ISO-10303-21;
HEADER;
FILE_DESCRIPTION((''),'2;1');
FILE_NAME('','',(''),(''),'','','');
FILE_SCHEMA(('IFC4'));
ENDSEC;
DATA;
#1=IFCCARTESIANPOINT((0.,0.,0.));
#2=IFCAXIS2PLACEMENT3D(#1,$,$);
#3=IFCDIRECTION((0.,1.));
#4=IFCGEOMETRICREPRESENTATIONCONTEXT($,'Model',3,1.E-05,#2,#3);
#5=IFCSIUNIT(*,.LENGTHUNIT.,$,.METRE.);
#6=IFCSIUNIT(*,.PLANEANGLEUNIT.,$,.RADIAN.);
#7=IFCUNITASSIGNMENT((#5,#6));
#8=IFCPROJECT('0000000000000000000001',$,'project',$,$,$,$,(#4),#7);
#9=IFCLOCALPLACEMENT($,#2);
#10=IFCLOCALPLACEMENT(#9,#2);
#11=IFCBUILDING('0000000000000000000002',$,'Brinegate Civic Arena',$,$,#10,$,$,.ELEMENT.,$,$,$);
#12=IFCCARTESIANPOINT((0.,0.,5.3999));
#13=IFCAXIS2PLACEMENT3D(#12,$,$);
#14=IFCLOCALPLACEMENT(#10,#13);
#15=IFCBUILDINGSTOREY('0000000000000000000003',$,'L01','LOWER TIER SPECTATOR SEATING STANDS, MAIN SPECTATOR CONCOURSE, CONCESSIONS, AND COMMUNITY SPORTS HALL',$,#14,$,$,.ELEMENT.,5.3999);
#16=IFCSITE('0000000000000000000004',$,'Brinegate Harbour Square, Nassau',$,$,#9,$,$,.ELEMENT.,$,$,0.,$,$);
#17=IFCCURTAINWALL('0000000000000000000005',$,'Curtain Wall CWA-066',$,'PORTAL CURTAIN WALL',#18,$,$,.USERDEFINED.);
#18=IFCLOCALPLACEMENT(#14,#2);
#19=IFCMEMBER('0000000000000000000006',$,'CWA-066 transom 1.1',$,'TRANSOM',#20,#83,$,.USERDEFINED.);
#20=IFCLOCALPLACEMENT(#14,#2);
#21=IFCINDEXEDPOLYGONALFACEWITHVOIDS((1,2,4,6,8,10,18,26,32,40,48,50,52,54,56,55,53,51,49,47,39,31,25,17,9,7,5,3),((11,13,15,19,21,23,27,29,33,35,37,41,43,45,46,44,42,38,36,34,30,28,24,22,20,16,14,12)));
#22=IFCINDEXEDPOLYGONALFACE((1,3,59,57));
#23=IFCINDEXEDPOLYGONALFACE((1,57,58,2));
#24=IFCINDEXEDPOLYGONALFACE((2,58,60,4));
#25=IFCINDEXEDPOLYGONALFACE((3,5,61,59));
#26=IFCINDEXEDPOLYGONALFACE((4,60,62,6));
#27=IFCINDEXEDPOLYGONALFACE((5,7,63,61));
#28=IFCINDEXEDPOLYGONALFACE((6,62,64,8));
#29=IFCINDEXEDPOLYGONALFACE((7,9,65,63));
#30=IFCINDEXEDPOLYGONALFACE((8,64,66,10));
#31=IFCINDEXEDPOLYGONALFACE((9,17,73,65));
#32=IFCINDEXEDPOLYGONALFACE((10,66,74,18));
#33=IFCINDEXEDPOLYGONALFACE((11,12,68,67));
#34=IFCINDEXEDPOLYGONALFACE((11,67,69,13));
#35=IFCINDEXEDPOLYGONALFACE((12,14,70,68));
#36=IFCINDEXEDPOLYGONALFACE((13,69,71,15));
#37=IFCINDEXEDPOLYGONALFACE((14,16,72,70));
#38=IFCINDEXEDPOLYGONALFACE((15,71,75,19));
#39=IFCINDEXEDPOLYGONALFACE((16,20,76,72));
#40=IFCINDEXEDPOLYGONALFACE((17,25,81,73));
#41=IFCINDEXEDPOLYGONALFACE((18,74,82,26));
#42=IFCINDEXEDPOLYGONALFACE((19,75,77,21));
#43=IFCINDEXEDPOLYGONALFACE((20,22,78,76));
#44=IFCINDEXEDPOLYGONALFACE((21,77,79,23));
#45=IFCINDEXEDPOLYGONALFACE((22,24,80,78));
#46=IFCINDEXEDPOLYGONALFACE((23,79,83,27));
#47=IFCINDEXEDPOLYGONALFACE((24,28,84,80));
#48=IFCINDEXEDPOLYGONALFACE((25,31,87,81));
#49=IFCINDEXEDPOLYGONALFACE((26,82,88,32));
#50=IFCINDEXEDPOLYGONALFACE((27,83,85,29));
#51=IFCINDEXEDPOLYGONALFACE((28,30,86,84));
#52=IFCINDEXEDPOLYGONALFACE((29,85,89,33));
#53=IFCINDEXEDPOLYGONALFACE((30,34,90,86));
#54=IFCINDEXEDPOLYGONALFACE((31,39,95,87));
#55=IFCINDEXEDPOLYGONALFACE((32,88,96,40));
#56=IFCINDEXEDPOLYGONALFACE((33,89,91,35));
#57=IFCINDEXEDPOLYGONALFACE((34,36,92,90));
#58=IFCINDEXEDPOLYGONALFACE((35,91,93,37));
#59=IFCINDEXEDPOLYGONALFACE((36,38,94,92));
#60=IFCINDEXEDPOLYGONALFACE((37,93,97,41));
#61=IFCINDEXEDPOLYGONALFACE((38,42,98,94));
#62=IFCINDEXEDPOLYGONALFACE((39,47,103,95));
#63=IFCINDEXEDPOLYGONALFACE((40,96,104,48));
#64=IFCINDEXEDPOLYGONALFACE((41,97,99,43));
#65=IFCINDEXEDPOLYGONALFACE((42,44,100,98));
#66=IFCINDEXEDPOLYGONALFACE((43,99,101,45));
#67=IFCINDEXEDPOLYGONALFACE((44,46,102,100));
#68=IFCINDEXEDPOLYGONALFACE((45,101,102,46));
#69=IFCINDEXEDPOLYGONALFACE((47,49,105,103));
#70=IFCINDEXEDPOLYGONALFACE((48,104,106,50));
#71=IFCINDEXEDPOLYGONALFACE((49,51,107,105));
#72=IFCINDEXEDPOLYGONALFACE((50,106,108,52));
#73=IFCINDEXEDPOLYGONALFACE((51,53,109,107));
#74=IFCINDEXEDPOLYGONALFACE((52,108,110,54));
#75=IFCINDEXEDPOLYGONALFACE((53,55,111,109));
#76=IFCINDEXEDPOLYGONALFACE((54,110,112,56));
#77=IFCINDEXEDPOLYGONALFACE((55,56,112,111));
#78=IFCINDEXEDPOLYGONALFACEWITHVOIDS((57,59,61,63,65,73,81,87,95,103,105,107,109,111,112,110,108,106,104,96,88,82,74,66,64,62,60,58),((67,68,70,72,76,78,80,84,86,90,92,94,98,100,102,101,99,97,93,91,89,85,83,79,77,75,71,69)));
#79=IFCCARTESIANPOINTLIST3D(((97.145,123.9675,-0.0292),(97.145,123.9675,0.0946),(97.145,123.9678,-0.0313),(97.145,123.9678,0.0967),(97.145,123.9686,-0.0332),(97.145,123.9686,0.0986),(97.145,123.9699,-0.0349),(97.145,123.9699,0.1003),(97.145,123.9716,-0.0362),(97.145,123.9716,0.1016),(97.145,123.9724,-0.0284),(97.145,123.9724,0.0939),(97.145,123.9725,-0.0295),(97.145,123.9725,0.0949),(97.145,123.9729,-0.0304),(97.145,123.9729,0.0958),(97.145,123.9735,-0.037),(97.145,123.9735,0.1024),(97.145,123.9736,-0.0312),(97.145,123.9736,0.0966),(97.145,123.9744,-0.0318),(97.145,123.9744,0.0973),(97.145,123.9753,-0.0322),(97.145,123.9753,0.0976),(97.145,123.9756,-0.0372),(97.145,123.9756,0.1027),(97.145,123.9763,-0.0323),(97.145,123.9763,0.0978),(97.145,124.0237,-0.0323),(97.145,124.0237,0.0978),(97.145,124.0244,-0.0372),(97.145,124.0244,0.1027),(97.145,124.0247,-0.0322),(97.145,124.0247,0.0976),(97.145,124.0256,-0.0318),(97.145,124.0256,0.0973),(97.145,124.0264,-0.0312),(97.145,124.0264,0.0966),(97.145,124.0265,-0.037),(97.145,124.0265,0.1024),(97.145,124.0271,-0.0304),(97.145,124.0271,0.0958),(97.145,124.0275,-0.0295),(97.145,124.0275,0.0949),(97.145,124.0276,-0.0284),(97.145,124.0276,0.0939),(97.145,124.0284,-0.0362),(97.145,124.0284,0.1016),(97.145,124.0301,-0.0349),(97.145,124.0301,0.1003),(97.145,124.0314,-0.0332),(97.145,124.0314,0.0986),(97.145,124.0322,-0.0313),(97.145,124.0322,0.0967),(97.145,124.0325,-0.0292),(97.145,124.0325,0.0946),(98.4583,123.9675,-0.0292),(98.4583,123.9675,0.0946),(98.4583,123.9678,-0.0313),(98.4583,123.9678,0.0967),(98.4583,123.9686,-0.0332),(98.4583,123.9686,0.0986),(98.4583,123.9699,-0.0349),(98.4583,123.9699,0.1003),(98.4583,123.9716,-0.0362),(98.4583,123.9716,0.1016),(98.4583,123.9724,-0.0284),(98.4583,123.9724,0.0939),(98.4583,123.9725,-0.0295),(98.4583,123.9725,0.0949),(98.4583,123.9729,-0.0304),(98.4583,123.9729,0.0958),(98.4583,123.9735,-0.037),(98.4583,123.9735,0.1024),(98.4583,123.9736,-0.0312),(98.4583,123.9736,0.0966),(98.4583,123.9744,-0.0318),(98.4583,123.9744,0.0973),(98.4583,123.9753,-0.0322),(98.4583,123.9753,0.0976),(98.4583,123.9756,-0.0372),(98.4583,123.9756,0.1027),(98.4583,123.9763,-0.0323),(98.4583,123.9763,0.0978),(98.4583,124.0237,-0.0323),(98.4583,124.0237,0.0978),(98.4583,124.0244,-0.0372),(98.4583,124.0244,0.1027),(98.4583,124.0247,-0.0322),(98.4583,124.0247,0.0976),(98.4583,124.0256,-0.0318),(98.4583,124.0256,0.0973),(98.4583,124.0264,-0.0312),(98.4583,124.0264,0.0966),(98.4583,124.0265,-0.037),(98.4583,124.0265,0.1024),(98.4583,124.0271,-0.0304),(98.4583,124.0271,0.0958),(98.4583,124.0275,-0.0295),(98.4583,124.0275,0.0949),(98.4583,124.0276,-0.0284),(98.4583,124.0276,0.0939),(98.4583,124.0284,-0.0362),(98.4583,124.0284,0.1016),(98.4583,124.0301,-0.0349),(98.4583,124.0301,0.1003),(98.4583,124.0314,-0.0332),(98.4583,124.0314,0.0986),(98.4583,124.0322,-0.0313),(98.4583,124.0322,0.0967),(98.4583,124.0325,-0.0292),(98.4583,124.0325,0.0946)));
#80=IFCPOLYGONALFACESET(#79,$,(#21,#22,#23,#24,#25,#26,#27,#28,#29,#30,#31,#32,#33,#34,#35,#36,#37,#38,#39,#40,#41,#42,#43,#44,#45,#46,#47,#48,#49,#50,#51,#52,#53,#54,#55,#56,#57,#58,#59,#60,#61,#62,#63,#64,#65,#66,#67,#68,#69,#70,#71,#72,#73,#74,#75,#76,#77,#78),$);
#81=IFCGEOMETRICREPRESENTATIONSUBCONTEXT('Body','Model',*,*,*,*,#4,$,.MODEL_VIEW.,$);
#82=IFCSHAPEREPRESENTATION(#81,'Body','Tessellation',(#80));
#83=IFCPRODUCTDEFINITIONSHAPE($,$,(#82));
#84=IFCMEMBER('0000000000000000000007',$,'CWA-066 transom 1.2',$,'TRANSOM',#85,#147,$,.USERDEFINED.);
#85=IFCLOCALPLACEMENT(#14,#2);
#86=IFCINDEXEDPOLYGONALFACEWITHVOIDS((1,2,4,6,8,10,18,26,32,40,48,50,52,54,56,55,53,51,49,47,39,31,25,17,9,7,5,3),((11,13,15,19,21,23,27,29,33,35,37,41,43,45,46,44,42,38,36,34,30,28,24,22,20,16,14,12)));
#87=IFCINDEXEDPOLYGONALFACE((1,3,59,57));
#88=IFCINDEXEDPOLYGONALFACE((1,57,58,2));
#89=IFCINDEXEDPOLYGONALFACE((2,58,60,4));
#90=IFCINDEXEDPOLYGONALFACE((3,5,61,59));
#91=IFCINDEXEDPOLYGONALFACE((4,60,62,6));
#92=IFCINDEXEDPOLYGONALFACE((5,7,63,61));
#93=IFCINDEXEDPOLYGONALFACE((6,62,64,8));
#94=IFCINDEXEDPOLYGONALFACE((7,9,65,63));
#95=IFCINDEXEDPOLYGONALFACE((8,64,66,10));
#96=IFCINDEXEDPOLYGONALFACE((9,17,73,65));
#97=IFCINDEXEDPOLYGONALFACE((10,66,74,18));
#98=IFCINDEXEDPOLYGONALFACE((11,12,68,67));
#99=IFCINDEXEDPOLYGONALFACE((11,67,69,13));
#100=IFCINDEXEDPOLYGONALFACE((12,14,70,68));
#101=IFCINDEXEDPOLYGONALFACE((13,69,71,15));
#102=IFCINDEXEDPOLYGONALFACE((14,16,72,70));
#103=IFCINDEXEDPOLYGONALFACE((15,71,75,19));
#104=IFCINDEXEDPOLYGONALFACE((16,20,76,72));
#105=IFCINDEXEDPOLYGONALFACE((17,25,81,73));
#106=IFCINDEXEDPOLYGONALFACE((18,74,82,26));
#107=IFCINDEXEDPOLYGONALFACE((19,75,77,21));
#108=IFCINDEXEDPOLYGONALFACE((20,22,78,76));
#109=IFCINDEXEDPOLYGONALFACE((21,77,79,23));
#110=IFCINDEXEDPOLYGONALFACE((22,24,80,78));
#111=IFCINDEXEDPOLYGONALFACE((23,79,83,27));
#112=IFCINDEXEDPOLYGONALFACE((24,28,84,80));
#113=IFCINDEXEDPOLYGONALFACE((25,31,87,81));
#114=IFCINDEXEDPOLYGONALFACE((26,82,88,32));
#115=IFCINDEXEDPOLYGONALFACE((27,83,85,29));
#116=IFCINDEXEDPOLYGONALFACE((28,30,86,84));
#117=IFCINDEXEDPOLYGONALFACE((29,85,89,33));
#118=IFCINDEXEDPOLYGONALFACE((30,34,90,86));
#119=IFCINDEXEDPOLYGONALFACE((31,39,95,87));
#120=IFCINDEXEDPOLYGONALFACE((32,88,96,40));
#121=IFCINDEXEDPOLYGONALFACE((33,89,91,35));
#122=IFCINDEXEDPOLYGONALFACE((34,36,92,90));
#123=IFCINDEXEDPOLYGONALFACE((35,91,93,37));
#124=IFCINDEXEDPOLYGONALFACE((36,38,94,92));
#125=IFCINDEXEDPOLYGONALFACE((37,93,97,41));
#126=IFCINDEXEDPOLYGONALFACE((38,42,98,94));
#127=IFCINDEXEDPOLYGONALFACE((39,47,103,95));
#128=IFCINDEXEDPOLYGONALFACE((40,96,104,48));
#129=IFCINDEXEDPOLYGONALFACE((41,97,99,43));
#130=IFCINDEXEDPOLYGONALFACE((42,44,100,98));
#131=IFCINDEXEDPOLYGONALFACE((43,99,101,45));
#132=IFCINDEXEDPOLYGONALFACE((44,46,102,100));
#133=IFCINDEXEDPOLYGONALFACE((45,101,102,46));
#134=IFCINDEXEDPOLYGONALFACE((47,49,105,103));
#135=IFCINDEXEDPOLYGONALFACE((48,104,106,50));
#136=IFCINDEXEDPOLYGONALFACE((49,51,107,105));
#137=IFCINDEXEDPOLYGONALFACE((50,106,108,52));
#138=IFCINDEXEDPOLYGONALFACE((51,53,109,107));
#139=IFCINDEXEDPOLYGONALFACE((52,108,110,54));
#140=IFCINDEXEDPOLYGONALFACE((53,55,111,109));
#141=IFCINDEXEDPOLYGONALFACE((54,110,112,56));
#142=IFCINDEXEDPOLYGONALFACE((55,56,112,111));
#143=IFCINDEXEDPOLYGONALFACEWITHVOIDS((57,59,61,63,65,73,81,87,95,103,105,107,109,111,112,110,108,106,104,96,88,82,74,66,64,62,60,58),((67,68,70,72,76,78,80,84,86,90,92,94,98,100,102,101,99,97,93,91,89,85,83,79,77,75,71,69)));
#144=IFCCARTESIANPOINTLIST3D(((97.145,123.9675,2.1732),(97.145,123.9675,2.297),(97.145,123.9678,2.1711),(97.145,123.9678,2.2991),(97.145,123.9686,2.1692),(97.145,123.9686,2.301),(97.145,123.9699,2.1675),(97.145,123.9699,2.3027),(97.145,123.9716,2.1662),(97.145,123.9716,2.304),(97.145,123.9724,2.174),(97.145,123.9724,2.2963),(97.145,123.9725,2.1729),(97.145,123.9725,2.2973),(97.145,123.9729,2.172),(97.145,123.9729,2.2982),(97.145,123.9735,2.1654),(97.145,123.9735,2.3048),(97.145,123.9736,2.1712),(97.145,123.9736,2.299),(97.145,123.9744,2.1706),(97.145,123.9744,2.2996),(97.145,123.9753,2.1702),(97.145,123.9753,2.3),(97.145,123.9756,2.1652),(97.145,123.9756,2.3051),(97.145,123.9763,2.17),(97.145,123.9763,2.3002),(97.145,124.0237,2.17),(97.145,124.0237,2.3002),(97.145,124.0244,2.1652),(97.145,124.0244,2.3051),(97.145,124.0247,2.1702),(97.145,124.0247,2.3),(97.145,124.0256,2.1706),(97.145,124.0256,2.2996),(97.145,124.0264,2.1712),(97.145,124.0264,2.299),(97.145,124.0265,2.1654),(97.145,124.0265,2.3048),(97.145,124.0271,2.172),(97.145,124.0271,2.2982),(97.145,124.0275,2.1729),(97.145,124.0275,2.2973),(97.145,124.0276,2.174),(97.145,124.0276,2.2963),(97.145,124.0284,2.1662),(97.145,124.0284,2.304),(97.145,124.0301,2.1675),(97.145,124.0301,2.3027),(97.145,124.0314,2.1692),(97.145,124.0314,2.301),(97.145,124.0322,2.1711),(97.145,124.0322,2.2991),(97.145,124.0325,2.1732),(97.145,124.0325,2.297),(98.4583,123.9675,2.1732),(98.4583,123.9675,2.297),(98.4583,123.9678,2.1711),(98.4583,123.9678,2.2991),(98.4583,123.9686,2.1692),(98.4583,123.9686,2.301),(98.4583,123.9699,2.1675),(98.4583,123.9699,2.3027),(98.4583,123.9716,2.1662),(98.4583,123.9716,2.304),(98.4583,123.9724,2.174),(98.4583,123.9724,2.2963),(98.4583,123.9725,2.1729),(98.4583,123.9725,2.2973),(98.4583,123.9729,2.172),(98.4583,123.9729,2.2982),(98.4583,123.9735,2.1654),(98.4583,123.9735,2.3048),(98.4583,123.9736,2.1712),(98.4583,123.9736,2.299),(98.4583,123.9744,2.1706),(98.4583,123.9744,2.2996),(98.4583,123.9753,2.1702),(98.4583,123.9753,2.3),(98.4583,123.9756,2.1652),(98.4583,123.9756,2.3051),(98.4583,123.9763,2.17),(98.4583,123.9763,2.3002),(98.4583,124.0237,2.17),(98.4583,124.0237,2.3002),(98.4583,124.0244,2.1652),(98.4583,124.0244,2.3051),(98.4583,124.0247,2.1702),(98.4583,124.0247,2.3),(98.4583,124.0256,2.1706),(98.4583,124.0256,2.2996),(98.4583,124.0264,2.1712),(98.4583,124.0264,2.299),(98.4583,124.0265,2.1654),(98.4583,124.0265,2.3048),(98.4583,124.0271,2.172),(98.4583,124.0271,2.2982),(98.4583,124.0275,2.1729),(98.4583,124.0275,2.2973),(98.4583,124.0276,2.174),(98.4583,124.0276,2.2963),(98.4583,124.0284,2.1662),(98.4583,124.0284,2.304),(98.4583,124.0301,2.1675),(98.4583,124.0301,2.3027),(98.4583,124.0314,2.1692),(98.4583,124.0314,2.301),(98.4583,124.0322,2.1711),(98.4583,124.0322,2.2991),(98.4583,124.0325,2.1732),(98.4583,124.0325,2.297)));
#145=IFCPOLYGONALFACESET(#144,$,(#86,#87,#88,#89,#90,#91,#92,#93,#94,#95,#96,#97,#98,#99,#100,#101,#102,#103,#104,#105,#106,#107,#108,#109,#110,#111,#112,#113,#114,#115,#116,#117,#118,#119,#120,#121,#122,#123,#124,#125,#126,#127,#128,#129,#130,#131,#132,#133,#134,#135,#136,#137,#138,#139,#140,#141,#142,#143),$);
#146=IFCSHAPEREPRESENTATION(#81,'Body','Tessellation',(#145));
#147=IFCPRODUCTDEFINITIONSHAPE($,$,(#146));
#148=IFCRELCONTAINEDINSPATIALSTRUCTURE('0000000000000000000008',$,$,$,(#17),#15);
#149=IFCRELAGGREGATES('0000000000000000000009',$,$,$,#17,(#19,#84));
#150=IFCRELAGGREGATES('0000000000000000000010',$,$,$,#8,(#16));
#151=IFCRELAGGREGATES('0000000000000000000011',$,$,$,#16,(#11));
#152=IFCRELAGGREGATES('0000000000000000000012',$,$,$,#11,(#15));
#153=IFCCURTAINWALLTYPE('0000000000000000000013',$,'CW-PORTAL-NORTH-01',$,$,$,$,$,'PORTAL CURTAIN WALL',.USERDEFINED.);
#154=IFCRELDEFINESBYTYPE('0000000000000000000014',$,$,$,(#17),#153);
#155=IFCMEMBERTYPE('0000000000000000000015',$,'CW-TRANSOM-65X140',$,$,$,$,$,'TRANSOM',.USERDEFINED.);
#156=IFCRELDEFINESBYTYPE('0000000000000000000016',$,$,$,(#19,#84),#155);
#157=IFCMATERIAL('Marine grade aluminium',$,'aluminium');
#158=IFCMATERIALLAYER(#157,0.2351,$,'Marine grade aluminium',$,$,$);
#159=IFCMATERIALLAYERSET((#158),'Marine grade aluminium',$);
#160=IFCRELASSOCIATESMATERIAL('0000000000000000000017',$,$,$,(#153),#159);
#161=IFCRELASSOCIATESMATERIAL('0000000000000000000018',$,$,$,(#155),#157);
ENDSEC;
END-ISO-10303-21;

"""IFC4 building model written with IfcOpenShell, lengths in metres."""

from ifc_helpers import new_model, si_unit, direction, frame, origin, origin_2d, place, context, subcontext, project, spatial, hollow_rectangle, extrude, material, layer, layer_set, material_profile, profile_set, type_object, element, aggregate, save


model = new_model("IFC4")

# Units and contexts
model_context = context("Model", 3, precision=1e-05, world=origin(), true_north=direction((0.0, 1.0)))
body_context = subcontext(model_context, "Body", "Model", "MODEL_VIEW")
ifc_project = project(units=[si_unit("LENGTHUNIT", "METRE"), si_unit("PLANEANGLEUNIT", "RADIAN")], contexts=[model_context])

# Site, building, storey
site_placement = place(None, origin())
site = spatial("IfcSite", under=ifc_project, at=site_placement, Name="Brinegate Harbour Square, Nassau", CompositionType="ELEMENT", RefElevation=0.0)
building_placement = place(site_placement, origin())
building = spatial("IfcBuilding", under=site, at=building_placement, Name="Brinegate Civic Arena", CompositionType="ELEMENT")
storey_placement = place(building_placement, frame((0.0, 0.0, 5.3999)))
storey = spatial("IfcBuildingStorey", under=building, at=storey_placement, Name="L01", Description="LOWER TIER SPECTATOR SEATING STANDS, MAIN SPECTATOR CONCOURSE, CONCESSIONS, AND COMMUNITY SPORTS HALL", CompositionType="ELEMENT", Elevation=5.3999)

# Curtain wall, members
ifc_material_1 = material(Name="Marine grade aluminium", Category="aluminium")
ifc_layer_1 = layer(ifc_material_1, 0.2351, Name="Marine grade aluminium")
ifc_layer_set_1 = layer_set([ifc_layer_1], Name="Marine grade aluminium")
curtain_wall_type = type_object("IfcCurtainWallType", Name="CW-PORTAL-NORTH-01", ElementType="PORTAL CURTAIN WALL", PredefinedType="USERDEFINED", material=ifc_layer_set_1)
curtain_wall_placement = place(storey_placement, origin())
curtain_wall = element("IfcCurtainWall", 1, at=curtain_wall_placement, inside=storey, type_object=curtain_wall_type, Name="Curtain Wall CWA-066", ObjectType="PORTAL CURTAIN WALL", PredefinedType="USERDEFINED")
ifc_material_profile_1 = material_profile(ifc_material_1, hollow_rectangle(XDim=0.0649, YDim=0.1399, WallThickness=0.0049, InnerFilletRadius=0.0039, OuterFilletRadius=0.0081, at=origin_2d()), Name="TRN65X140")
ifc_profile_set_1 = profile_set([ifc_material_profile_1], Name="Marine grade aluminium")
member_type_1 = type_object("IfcMemberType", Name="CW-TRANSOM-65X140", ElementType="TRANSOM", PredefinedType="USERDEFINED", material=ifc_profile_set_1)
member_1_placement = place(storey_placement, frame((97.145, 124.0, 0.0327), z_axis=(1.0, 0.0, 0.0), x_axis=(0.0, 1.0, 0.0)))
member_1 = element("IfcMember", 2, at=member_1_placement, type_object=member_type_1, Name="CWA-066 transom 1.1", ObjectType="TRANSOM", PredefinedType="USERDEFINED", context=body_context, shape_type="SweptSolid", body=[
    extrude(hollow_rectangle(XDim=0.0649, YDim=0.1399, WallThickness=0.0049, InnerFilletRadius=0.0039, OuterFilletRadius=0.0081, at=origin_2d()), origin(), (0.0, 0.0, 1.0), 1.3132),
])
member_2_placement = place(storey_placement, frame((97.145, 124.0, 2.2351), z_axis=(1.0, 0.0, 0.0), x_axis=(0.0, 1.0, 0.0)))
member_2 = element("IfcMember", 3, at=member_2_placement, type_object=member_type_1, Name="CWA-066 transom 1.2", ObjectType="TRANSOM", PredefinedType="USERDEFINED", context=body_context, shape_type="SweptSolid", body=[
    extrude(hollow_rectangle(XDim=0.0649, YDim=0.1399, WallThickness=0.0049, InnerFilletRadius=0.0039, OuterFilletRadius=0.0081, at=origin_2d()), origin(), (0.0, 0.0, 1.0), 1.3132),
])

aggregate(curtain_wall, [member_1, member_2])

save(model, "model.ifc")
